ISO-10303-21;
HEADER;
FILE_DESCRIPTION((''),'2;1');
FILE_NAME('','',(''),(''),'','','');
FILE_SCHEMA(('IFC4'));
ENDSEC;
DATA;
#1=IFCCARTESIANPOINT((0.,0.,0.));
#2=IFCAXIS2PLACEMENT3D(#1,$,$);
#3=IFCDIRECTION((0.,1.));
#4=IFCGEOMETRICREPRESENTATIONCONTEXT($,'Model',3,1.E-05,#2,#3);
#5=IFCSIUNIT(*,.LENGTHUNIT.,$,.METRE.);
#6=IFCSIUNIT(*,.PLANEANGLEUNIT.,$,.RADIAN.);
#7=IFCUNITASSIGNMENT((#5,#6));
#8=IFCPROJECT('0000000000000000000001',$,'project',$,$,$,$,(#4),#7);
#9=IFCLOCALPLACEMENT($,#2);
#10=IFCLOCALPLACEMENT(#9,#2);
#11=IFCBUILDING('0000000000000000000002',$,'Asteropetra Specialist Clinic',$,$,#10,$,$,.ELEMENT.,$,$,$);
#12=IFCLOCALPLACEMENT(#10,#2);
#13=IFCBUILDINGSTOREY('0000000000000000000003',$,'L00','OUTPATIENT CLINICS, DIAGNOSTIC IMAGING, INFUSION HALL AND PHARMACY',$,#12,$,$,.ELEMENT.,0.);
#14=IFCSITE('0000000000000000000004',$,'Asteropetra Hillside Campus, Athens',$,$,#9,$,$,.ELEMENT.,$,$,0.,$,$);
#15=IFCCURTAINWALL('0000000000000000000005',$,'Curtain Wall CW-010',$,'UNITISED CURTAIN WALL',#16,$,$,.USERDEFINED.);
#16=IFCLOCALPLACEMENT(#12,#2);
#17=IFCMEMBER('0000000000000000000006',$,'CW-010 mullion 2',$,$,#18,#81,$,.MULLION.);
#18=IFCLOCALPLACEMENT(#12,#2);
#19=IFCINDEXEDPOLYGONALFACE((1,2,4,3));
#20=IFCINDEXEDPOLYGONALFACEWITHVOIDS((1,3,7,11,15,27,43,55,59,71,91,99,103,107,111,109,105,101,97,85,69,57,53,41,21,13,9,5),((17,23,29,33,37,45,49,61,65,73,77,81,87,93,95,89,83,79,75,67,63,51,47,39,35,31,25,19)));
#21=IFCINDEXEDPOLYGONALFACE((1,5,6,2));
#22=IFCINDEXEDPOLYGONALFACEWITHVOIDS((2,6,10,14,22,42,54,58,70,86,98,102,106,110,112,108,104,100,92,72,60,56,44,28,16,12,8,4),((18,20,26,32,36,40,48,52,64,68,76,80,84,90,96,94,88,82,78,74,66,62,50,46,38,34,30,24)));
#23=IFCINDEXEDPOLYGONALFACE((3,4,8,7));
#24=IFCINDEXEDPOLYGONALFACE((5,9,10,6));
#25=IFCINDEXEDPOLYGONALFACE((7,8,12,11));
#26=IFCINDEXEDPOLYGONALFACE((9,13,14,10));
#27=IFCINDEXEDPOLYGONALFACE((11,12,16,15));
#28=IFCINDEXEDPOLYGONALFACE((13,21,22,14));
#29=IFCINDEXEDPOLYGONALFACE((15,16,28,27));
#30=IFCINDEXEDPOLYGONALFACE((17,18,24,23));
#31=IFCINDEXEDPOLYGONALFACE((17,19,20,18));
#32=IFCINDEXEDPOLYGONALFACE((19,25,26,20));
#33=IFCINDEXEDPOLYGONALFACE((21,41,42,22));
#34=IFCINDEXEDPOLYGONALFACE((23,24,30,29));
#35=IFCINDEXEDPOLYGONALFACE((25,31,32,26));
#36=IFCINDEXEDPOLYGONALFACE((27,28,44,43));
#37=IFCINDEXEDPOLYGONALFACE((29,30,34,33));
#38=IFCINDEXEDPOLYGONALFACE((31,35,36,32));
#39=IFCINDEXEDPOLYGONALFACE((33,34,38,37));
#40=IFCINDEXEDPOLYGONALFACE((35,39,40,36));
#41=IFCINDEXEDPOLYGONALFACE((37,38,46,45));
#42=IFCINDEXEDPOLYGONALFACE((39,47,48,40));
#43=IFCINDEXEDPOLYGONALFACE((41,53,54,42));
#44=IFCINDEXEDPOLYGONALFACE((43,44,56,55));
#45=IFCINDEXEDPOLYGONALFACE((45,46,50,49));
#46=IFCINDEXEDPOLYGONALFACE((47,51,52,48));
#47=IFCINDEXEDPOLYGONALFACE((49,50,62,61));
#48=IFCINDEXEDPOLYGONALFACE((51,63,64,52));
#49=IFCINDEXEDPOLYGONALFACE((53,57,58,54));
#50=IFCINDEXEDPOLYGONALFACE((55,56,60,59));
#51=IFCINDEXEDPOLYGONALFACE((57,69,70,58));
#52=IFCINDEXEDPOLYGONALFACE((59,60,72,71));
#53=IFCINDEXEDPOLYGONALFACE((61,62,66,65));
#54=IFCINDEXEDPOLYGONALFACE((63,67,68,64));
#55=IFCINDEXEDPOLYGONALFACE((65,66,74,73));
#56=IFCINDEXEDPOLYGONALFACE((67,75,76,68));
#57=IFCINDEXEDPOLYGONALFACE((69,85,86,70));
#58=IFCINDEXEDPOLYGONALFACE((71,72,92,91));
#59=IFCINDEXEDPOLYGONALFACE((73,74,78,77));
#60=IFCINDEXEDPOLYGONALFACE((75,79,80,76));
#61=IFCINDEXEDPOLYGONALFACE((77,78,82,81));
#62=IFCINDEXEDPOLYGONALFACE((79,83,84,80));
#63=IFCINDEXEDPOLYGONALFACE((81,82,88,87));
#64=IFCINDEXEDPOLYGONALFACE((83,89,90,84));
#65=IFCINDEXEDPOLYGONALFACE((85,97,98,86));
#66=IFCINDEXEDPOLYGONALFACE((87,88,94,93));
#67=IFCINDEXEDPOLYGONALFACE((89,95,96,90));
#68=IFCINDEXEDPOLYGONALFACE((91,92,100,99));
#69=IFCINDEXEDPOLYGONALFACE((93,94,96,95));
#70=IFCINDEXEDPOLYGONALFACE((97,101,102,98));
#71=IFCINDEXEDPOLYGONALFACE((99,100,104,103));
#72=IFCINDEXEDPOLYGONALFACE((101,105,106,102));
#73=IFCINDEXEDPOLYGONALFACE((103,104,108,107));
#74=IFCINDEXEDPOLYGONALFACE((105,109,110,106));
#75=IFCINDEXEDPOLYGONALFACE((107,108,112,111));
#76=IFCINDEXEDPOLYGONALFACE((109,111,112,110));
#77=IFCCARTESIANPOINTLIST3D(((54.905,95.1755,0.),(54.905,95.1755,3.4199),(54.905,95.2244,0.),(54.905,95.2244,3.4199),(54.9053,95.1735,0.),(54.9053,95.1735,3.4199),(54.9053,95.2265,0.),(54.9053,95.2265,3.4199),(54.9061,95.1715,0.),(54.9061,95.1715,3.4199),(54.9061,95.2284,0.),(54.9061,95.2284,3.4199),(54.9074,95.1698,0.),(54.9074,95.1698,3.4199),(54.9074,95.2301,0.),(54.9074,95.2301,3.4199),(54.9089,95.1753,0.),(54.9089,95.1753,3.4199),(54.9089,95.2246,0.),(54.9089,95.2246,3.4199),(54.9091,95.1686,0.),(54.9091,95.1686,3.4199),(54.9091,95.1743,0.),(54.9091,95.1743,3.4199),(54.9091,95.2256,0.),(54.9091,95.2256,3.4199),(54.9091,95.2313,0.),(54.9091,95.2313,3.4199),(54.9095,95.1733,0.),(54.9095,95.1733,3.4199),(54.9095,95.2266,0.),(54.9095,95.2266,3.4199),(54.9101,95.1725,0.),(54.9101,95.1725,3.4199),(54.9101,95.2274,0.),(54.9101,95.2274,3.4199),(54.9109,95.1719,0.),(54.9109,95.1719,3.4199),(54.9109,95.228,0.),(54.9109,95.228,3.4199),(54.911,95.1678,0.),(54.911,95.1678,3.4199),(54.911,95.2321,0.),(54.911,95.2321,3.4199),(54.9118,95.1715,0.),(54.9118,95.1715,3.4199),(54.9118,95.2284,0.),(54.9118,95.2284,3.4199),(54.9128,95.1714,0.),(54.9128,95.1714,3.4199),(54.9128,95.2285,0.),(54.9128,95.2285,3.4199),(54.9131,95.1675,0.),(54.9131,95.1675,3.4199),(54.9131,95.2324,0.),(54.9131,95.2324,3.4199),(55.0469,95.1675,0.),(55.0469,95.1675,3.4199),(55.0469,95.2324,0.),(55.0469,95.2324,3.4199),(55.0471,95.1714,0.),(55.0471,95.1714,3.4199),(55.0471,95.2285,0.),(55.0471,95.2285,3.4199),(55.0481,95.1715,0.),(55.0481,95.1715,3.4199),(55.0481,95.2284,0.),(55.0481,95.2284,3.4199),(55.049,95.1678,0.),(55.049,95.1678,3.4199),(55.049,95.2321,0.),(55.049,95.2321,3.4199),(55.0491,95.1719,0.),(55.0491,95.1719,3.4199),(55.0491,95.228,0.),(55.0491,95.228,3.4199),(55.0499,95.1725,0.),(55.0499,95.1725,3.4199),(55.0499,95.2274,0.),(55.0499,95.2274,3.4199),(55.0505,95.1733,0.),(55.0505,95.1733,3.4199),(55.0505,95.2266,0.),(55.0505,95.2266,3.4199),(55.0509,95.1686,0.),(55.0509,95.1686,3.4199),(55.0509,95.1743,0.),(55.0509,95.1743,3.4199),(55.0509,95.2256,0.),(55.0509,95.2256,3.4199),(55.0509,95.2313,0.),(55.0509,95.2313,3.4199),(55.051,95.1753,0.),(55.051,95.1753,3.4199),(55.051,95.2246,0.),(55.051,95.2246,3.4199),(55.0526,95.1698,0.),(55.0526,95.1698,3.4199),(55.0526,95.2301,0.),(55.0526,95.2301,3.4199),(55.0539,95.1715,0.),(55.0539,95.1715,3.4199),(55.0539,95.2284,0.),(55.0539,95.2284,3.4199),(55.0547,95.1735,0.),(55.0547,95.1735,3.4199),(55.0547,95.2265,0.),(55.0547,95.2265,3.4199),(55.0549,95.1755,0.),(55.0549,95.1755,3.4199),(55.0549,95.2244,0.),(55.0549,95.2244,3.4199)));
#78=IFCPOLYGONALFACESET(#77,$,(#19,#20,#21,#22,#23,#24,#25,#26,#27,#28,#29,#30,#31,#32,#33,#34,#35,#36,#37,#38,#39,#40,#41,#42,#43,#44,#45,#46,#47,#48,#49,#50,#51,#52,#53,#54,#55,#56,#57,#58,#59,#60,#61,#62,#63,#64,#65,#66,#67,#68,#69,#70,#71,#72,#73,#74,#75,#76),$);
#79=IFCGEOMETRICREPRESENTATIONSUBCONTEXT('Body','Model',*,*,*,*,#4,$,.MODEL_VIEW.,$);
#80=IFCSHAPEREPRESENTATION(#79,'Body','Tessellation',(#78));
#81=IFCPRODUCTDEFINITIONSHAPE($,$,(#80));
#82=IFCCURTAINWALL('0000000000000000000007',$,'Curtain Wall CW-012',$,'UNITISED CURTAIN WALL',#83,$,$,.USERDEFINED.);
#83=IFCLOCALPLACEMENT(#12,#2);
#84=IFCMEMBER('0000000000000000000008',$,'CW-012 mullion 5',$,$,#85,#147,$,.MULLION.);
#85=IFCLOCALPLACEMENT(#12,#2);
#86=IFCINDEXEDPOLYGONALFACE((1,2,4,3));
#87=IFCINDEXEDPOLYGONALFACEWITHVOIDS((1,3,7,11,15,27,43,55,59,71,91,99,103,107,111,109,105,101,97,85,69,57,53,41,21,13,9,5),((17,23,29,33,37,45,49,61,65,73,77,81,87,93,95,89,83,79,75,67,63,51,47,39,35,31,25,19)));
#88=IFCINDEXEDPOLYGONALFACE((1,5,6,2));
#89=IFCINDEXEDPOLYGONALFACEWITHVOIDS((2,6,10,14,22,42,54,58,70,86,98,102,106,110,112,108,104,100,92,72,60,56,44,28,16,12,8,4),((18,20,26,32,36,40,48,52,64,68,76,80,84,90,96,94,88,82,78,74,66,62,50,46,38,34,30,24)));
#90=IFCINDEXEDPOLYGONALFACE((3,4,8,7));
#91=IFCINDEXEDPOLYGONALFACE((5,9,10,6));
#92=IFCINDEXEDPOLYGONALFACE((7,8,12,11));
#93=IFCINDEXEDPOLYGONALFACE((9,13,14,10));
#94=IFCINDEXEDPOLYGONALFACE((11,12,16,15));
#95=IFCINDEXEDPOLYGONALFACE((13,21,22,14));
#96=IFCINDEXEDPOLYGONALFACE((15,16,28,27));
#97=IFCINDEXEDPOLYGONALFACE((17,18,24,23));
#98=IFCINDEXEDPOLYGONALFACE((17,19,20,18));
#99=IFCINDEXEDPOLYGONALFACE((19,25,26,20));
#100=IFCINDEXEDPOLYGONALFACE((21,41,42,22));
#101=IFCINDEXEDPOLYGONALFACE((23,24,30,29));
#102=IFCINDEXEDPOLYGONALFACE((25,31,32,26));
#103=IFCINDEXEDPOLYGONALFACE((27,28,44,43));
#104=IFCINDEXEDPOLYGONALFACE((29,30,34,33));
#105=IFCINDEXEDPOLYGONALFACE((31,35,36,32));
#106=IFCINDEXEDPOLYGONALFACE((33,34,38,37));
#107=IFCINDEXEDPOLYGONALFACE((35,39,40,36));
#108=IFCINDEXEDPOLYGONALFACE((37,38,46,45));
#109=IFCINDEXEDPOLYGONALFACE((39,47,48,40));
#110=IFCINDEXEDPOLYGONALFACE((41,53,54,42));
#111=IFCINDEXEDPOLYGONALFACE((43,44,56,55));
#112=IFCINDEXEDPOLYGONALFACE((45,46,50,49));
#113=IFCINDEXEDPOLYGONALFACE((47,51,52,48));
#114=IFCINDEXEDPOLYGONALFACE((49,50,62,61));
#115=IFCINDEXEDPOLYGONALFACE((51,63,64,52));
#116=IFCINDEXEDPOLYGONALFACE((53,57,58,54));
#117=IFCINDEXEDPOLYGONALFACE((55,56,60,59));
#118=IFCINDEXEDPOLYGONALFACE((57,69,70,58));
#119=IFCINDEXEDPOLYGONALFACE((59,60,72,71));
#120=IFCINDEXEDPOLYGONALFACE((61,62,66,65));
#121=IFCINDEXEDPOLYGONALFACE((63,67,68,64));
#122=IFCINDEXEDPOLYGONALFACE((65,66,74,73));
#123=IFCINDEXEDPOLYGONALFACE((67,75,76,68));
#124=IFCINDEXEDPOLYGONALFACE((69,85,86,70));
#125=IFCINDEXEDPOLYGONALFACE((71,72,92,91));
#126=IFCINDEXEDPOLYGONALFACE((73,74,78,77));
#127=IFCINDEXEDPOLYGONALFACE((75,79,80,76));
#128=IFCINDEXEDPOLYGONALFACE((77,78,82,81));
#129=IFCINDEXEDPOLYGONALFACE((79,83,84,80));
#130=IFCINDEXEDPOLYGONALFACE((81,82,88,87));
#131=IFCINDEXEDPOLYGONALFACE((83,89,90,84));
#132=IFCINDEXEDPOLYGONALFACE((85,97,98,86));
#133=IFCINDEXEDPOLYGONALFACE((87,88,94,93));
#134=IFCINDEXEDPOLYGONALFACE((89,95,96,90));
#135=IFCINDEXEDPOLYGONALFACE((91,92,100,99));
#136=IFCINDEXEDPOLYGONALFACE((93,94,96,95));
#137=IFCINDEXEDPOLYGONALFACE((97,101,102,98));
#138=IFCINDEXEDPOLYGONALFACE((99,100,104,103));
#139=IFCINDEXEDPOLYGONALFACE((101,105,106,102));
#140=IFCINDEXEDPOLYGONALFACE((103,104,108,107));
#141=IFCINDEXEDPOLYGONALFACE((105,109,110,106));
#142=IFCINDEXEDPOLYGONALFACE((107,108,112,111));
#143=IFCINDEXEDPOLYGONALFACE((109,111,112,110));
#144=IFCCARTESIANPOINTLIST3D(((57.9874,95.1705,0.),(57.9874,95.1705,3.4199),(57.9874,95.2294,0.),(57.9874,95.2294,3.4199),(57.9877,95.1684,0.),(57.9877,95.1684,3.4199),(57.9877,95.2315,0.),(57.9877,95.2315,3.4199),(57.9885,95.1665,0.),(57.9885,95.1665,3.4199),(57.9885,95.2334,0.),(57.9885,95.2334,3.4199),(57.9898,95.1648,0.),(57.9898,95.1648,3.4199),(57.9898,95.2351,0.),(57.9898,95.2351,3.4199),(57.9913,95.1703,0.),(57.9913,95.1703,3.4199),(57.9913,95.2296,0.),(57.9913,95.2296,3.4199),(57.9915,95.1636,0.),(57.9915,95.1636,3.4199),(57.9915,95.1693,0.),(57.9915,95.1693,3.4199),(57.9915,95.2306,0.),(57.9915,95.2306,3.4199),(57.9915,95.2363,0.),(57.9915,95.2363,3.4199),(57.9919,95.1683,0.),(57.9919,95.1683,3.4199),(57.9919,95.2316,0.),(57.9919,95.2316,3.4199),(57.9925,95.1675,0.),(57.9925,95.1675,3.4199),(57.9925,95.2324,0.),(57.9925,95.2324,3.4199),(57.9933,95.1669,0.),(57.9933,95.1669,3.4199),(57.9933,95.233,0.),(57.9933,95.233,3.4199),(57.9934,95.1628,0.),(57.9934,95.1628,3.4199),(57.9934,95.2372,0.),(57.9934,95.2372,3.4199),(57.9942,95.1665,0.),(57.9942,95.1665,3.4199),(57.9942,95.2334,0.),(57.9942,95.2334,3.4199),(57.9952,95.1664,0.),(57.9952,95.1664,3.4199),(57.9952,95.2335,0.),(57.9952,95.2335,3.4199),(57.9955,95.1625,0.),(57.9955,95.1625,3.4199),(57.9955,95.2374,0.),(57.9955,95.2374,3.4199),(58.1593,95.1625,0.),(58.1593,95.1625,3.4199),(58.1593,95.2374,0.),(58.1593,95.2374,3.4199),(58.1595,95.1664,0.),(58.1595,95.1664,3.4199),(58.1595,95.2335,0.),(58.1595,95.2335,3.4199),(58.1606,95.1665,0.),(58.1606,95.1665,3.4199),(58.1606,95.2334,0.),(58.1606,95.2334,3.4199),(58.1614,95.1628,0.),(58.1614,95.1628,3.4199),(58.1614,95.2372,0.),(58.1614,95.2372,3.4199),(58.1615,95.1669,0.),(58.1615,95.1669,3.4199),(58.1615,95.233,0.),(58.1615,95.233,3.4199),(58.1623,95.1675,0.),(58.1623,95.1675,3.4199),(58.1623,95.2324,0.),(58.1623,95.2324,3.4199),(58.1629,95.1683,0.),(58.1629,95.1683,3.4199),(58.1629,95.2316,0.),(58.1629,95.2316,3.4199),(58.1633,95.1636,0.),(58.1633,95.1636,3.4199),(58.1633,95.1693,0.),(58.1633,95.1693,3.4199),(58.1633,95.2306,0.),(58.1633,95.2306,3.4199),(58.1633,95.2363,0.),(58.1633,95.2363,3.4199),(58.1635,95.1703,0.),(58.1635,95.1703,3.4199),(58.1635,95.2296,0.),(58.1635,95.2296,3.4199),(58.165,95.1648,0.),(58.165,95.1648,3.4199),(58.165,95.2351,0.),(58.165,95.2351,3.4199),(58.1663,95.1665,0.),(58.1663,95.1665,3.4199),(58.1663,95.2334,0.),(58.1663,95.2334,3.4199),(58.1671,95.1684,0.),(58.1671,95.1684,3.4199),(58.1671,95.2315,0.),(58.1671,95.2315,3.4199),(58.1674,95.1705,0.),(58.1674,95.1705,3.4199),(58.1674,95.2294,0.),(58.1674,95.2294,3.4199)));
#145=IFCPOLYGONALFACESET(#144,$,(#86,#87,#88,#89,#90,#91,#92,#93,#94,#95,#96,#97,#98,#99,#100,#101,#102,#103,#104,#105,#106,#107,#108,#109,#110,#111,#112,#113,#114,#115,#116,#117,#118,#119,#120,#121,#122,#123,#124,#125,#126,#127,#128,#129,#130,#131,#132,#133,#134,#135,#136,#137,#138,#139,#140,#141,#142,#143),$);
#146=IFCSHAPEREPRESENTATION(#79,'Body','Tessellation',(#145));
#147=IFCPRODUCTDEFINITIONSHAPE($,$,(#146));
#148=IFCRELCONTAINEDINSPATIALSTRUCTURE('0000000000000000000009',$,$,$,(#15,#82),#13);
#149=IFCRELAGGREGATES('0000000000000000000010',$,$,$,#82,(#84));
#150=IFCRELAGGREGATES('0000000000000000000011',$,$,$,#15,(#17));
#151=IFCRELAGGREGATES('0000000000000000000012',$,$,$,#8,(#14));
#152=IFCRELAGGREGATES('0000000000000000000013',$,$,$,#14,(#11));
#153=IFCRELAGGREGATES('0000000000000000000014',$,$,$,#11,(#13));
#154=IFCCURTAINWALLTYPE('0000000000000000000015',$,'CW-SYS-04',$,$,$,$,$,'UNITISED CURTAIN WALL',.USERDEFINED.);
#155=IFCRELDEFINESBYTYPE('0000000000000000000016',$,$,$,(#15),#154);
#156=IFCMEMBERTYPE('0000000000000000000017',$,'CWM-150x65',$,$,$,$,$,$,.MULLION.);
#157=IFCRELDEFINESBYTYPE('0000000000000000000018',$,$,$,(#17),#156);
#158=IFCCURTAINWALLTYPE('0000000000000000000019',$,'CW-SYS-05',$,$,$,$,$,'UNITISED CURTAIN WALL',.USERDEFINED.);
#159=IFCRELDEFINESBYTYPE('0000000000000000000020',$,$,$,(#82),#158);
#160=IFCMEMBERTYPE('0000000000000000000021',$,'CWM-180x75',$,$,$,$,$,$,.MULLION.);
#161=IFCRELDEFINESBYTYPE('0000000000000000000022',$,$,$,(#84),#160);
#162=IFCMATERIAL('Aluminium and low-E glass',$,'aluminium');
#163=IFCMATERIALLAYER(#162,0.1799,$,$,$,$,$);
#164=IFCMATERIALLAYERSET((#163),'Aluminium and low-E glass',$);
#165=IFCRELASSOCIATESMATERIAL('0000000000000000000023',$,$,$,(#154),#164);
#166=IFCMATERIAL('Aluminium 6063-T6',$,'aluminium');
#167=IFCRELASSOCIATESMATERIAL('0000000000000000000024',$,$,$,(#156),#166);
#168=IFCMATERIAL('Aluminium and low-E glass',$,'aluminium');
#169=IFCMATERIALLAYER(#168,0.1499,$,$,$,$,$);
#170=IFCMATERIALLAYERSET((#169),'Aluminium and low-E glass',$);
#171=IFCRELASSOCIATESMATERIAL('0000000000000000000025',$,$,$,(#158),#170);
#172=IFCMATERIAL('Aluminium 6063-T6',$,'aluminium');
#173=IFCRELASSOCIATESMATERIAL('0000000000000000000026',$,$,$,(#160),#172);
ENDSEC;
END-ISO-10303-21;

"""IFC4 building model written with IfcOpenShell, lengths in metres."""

from ifc_helpers import new_model, si_unit, direction, frame, origin, origin_2d, place, context, subcontext, project, spatial, hollow_rectangle, extrude, material, layer, layer_set, material_profile, profile_set, type_object, element, aggregate, save


model = new_model("IFC4")

# Units and contexts
model_context = context("Model", 3, precision=1e-05, world=origin(), true_north=direction((0.0, 1.0)))
body_context = subcontext(model_context, "Body", "Model", "MODEL_VIEW")
ifc_project = project(units=[si_unit("LENGTHUNIT", "METRE"), si_unit("PLANEANGLEUNIT", "RADIAN")], contexts=[model_context])

# Site, building, storey
site_placement = place(None, origin())
site = spatial("IfcSite", under=ifc_project, at=site_placement, Name="Asteropetra Hillside Campus, Athens", CompositionType="ELEMENT", RefElevation=0.0)
building_placement = place(site_placement, origin())
building = spatial("IfcBuilding", under=site, at=building_placement, Name="Asteropetra Specialist Clinic", CompositionType="ELEMENT")
storey_placement = place(building_placement, origin())
storey = spatial("IfcBuildingStorey", under=building, at=storey_placement, Name="L00", Description="OUTPATIENT CLINICS, DIAGNOSTIC IMAGING, INFUSION HALL AND PHARMACY", CompositionType="ELEMENT", Elevation=0.0)

# Curtain wall, member
ifc_material_1 = material(Name="Aluminium and low-E glass", Category="aluminium")
ifc_layer_1 = layer(ifc_material_1, 0.1799)
ifc_layer_set_1 = layer_set([ifc_layer_1], Name="Aluminium and low-E glass")
curtain_wall_type_1 = type_object("IfcCurtainWallType", Name="CW-SYS-04", ElementType="UNITISED CURTAIN WALL", PredefinedType="USERDEFINED", material=ifc_layer_set_1)
curtain_wall_1_placement = place(storey_placement, origin())
curtain_wall_1 = element("IfcCurtainWall", 1, at=curtain_wall_1_placement, inside=storey, type_object=curtain_wall_type_1, Name="Curtain Wall CW-010", ObjectType="UNITISED CURTAIN WALL", PredefinedType="USERDEFINED")
ifc_material_2 = material(Name="Aluminium 6063-T6", Category="aluminium")
ifc_material_profile_1 = material_profile(ifc_material_2, hollow_rectangle(XDim=0.0649, YDim=0.1499, WallThickness=0.0039, InnerFilletRadius=0.0039, OuterFilletRadius=0.0081, at=origin_2d()), Name="MUL 150x65x4.0")
ifc_profile_set_1 = profile_set([ifc_material_profile_1], Name="Aluminium 6063-T6")
member_type_1 = type_object("IfcMemberType", Name="CWM-150x65", PredefinedType="MULLION", material=ifc_profile_set_1)
member_1_placement = place(storey_placement, frame((54.98, 95.2, 0.0), z_axis=(0.0, 0.0, 1.0), x_axis=(0.0, -1.0, 0.0)))
member_1 = element("IfcMember", 2, at=member_1_placement, type_object=member_type_1, Name="CW-010 mullion 2", PredefinedType="MULLION", context=body_context, shape_type="SweptSolid", body=[
    extrude(hollow_rectangle(XDim=0.0649, YDim=0.1499, WallThickness=0.0039, InnerFilletRadius=0.0039, OuterFilletRadius=0.0081, at=origin_2d()), origin(), (0.0, 0.0, 1.0), 3.4199),
])

# Curtain wall, member
ifc_material_3 = material(Name="Aluminium and low-E glass", Category="aluminium")
ifc_layer_2 = layer(ifc_material_3, 0.1499)
ifc_layer_set_2 = layer_set([ifc_layer_2], Name="Aluminium and low-E glass")
curtain_wall_type_2 = type_object("IfcCurtainWallType", Name="CW-SYS-05", ElementType="UNITISED CURTAIN WALL", PredefinedType="USERDEFINED", material=ifc_layer_set_2)
curtain_wall_2_placement = place(storey_placement, origin())
curtain_wall_2 = element("IfcCurtainWall", 3, at=curtain_wall_2_placement, inside=storey, type_object=curtain_wall_type_2, Name="Curtain Wall CW-012", ObjectType="UNITISED CURTAIN WALL", PredefinedType="USERDEFINED")
ifc_material_4 = material(Name="Aluminium 6063-T6", Category="aluminium")
ifc_material_profile_2 = material_profile(ifc_material_4, hollow_rectangle(XDim=0.075, YDim=0.1799, WallThickness=0.0039, InnerFilletRadius=0.0039, OuterFilletRadius=0.0081, at=origin_2d()), Name="MUL 180x75x4.0")
ifc_profile_set_2 = profile_set([ifc_material_profile_2], Name="Aluminium 6063-T6")
member_type_2 = type_object("IfcMemberType", Name="CWM-180x75", PredefinedType="MULLION", material=ifc_profile_set_2)
member_2_placement = place(storey_placement, frame((58.0774, 95.2, 0.0), z_axis=(0.0, 0.0, 1.0), x_axis=(0.0, -1.0, 0.0)))
member_2 = element("IfcMember", 4, at=member_2_placement, type_object=member_type_2, Name="CW-012 mullion 5", PredefinedType="MULLION", context=body_context, shape_type="SweptSolid", body=[
    extrude(hollow_rectangle(XDim=0.075, YDim=0.1799, WallThickness=0.0039, InnerFilletRadius=0.0039, OuterFilletRadius=0.0081, at=origin_2d()), origin(), (0.0, 0.0, 1.0), 3.4199),
])

aggregate(curtain_wall_2, [member_2])
aggregate(curtain_wall_1, [member_1])

save(model, "model.ifc")
